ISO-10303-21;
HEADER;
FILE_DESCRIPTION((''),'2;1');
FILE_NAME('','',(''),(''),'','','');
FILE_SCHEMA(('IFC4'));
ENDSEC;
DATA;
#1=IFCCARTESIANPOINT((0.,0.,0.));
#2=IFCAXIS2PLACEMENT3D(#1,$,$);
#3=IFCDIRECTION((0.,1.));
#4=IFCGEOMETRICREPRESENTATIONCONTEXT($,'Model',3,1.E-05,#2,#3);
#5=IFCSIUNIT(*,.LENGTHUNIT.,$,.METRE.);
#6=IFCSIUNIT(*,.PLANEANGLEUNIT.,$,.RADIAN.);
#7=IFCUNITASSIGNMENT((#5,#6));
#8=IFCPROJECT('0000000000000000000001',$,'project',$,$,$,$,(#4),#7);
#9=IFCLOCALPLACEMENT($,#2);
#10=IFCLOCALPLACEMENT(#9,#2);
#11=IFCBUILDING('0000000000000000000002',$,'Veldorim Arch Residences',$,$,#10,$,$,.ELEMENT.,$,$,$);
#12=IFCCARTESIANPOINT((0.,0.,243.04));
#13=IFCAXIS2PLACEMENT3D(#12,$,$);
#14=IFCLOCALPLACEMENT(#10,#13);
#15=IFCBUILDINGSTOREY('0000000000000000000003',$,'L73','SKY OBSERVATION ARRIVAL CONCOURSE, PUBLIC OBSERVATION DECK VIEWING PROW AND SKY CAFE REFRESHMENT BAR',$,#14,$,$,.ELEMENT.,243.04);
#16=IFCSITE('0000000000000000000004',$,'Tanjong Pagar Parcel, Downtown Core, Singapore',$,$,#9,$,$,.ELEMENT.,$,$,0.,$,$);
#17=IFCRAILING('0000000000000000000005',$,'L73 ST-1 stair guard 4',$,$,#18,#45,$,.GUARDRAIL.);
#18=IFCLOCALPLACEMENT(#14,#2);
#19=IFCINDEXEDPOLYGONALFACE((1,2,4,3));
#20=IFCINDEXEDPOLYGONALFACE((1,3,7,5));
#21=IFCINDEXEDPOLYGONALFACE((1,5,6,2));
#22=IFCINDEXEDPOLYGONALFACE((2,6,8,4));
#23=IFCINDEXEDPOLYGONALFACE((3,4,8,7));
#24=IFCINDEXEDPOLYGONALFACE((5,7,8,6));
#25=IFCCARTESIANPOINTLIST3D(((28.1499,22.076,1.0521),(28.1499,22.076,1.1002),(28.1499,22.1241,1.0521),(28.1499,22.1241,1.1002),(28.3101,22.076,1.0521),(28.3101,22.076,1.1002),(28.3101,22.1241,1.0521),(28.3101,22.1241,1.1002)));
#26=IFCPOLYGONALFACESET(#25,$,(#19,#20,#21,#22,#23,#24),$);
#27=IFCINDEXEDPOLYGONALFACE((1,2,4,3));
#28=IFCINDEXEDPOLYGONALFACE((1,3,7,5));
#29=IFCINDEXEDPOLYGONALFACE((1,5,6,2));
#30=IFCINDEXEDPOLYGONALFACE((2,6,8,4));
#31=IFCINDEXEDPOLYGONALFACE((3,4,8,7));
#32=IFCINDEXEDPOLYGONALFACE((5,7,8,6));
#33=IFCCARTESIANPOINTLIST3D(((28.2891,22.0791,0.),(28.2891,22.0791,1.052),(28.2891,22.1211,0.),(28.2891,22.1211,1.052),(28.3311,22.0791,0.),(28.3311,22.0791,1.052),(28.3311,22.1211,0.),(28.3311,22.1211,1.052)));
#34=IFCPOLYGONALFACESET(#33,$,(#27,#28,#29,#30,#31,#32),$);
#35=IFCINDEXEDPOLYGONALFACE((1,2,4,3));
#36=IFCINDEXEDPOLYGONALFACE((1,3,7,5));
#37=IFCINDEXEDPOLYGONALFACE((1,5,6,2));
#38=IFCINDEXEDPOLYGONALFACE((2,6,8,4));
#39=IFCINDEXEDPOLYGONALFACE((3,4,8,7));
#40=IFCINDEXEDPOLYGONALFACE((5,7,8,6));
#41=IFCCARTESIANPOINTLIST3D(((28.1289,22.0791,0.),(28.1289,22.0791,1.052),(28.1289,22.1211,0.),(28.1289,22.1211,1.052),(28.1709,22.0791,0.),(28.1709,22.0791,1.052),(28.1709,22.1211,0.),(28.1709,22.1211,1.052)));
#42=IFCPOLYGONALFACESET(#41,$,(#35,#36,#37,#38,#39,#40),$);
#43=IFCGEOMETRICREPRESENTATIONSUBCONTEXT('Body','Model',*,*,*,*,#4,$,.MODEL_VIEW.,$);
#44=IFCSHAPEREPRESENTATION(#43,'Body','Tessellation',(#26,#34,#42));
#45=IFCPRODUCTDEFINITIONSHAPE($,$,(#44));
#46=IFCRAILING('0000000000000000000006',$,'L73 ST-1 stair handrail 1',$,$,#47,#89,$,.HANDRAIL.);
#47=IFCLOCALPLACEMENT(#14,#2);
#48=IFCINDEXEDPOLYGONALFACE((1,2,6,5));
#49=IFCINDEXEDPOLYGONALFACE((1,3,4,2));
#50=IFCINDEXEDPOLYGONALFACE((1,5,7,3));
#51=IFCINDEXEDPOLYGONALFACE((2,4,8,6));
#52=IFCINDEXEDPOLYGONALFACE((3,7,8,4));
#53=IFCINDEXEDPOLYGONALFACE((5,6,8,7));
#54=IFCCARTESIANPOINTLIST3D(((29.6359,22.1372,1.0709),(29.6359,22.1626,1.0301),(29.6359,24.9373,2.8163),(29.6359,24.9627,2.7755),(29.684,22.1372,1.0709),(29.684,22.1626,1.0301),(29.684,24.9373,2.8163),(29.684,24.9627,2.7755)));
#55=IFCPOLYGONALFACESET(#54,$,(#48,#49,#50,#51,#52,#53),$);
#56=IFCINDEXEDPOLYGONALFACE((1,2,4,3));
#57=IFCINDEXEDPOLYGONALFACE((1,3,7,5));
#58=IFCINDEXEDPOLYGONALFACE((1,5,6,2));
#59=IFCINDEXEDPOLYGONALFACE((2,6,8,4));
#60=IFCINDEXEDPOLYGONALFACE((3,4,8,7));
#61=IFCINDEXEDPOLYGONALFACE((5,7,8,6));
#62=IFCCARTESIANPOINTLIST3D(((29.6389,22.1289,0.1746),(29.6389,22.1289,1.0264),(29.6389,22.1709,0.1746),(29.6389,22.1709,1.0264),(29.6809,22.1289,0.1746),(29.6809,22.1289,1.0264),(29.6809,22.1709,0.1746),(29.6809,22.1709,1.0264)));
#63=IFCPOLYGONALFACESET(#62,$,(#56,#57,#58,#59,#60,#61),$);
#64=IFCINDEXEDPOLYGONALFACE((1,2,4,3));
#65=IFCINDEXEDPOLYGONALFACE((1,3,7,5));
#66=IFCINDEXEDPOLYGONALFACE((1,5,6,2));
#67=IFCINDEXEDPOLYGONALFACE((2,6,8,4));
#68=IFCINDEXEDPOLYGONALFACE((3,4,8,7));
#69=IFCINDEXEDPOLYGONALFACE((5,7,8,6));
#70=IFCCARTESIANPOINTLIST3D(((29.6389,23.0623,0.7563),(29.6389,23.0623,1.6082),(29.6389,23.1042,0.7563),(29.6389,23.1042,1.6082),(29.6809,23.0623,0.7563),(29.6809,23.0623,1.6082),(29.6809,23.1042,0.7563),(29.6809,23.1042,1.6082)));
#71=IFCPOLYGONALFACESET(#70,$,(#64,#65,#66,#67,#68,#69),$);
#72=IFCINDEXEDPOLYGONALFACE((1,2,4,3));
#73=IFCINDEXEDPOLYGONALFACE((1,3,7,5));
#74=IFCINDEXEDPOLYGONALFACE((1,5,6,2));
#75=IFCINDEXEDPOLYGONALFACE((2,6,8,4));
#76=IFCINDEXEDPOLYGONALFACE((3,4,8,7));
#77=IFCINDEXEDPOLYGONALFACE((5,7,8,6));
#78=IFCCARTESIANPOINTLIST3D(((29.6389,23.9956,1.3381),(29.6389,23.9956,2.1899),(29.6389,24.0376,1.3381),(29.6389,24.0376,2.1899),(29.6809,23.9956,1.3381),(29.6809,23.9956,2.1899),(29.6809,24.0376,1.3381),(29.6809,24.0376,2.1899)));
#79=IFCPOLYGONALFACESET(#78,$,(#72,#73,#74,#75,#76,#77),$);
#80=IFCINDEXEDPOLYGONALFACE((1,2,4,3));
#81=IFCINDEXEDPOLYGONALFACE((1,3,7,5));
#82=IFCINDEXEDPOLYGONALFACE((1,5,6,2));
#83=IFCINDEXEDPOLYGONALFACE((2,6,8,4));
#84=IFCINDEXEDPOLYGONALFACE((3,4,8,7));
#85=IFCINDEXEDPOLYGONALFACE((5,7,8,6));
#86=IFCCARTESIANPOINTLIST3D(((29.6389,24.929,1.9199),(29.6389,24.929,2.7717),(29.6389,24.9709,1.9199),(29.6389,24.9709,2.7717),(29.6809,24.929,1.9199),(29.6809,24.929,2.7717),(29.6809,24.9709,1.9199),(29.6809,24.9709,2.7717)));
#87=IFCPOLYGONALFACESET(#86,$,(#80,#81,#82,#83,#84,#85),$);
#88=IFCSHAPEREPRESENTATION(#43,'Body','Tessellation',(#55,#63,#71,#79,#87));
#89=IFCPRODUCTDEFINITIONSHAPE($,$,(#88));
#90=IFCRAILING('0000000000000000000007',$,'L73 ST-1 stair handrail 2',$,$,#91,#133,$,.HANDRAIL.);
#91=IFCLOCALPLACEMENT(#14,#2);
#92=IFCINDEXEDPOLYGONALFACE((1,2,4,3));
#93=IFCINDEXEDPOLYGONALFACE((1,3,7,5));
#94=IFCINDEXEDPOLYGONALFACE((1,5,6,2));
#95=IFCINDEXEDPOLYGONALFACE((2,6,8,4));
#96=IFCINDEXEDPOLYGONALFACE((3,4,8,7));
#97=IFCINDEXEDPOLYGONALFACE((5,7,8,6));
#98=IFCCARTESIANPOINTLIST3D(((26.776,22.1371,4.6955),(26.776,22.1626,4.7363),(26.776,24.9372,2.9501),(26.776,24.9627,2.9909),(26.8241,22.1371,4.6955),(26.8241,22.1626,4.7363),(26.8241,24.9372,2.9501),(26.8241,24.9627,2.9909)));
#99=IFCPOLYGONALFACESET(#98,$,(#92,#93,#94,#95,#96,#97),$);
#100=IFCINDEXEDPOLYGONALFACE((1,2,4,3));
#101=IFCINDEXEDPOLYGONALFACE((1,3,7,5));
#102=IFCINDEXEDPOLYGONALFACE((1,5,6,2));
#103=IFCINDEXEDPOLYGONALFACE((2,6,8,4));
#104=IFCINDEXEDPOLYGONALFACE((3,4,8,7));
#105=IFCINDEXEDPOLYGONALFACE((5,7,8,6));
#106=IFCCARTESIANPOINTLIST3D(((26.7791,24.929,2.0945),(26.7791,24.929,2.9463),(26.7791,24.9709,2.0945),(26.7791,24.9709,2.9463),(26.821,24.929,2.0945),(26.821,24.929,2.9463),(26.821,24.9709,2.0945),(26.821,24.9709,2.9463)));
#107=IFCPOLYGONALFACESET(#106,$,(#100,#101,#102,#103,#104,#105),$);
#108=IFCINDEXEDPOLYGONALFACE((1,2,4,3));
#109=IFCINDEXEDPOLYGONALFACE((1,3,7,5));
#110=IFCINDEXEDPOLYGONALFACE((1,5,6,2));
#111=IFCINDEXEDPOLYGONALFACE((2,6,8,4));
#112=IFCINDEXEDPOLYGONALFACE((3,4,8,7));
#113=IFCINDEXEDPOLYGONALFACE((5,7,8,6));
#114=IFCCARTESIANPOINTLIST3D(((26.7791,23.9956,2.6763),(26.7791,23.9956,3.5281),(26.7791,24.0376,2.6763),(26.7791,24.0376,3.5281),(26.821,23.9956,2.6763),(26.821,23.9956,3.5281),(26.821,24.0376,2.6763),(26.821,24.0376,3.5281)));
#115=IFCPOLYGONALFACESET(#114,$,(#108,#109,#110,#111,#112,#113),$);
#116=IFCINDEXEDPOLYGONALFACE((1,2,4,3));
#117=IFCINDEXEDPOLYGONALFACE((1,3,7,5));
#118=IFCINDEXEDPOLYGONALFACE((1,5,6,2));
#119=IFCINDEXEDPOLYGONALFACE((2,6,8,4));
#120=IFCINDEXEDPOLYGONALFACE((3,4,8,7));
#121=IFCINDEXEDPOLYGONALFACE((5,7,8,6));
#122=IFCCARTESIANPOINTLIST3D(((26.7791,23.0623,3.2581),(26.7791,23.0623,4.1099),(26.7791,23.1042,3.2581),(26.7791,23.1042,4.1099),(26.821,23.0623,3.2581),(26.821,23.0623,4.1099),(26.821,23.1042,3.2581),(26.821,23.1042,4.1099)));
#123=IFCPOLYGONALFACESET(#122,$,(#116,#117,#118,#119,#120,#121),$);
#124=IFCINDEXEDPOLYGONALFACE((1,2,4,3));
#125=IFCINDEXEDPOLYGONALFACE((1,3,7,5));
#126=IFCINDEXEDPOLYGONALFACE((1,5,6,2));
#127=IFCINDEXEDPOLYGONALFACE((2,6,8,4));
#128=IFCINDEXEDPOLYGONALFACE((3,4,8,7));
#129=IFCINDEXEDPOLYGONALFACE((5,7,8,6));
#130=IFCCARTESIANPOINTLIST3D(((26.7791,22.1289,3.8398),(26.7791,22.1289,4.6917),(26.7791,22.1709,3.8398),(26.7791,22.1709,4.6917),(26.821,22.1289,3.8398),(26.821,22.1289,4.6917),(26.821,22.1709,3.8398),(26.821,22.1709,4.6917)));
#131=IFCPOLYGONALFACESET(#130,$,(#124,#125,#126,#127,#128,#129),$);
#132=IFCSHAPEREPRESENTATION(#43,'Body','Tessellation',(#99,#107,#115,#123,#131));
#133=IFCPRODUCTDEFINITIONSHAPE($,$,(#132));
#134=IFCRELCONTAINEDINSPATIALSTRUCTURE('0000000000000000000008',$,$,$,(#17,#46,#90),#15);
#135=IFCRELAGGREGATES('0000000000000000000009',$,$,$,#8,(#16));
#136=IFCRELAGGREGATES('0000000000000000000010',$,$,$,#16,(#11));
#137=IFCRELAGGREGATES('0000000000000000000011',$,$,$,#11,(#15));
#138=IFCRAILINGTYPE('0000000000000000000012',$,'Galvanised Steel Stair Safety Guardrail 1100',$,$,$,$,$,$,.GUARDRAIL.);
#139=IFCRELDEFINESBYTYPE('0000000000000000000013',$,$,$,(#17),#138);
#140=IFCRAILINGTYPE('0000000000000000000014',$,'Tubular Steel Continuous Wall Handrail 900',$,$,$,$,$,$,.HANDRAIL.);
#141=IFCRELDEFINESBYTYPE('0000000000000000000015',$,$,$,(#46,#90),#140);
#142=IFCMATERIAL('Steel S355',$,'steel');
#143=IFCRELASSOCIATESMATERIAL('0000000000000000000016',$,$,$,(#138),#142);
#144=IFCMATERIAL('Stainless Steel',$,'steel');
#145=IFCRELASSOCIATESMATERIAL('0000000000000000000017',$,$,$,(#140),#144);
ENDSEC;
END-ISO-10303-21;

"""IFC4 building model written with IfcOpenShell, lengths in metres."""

from ifc_helpers import new_model, si_unit, direction, frame, origin, origin_2d, place, context, subcontext, project, spatial, rectangle, extrude, material, type_object, element, save


model = new_model("IFC4")

# Units and contexts
model_context = context("Model", 3, precision=1e-05, world=origin(), true_north=direction((0.0, 1.0)))
body_context = subcontext(model_context, "Body", "Model", "MODEL_VIEW")
ifc_project = project(units=[si_unit("LENGTHUNIT", "METRE"), si_unit("PLANEANGLEUNIT", "RADIAN")], contexts=[model_context])

# Site, building, storey
site_placement = place(None, origin())
site = spatial("IfcSite", under=ifc_project, at=site_placement, Name="Tanjong Pagar Parcel, Downtown Core, Singapore", CompositionType="ELEMENT", RefElevation=0.0)
building_placement = place(site_placement, origin())
building = spatial("IfcBuilding", under=site, at=building_placement, Name="Veldorim Arch Residences", CompositionType="ELEMENT")
storey_placement = place(building_placement, frame((0.0, 0.0, 243.04)))
storey = spatial("IfcBuildingStorey", under=building, at=storey_placement, Name="L73", Description="SKY OBSERVATION ARRIVAL CONCOURSE, PUBLIC OBSERVATION DECK VIEWING PROW AND SKY CAFE REFRESHMENT BAR", CompositionType="ELEMENT", Elevation=243.04)

# Railings
ifc_material_1 = material(Name="Steel S355", Category="steel")
railing_type_1 = type_object("IfcRailingType", Name="Galvanised Steel Stair Safety Guardrail 1100", PredefinedType="GUARDRAIL", material=ifc_material_1)
railing_1_placement = place(storey_placement, frame((28.3101, 22.1001, 0.0)))
element("IfcRailing", 1, at=railing_1_placement, inside=storey, type_object=railing_type_1, Name="L73 ST-1 stair guard 4", PredefinedType="GUARDRAIL", context=body_context, shape_type="SweptSolid", body=[
    extrude(rectangle(XDim=0.0481, YDim=0.0481, at=origin_2d()), frame((0.0, 0.0, 1.0762), z_axis=(-1.0, 0.0, 0.0), x_axis=(0.0, -1.0, 0.0)), (0.0, 0.0, 1.0), 0.1602),
    extrude(rectangle(XDim=0.042, YDim=0.042, at=origin_2d()), origin(), (0.0, 0.0, 1.0), 1.052),
    extrude(rectangle(XDim=0.042, YDim=0.042, at=origin_2d()), frame((-0.1602, 0.0, 0.0)), (0.0, 0.0, 1.0), 1.052),
])
ifc_material_2 = material(Name="Stainless Steel", Category="steel")
railing_type_2 = type_object("IfcRailingType", Name="Tubular Steel Continuous Wall Handrail 900", PredefinedType="HANDRAIL", material=ifc_material_2)
railing_2_placement = place(storey_placement, frame((29.6599, 22.1499, 0.1746)))
element("IfcRailing", 2, at=railing_2_placement, inside=storey, type_object=railing_type_2, Name="L73 ST-1 stair handrail 1", PredefinedType="HANDRAIL", context=body_context, shape_type="SweptSolid", body=[
    extrude(rectangle(XDim=0.0481, YDim=0.0481, at=origin_2d()), frame((0.0, 0.0, 0.876), z_axis=(0.0, 0.848634, 0.528981), x_axis=(-1.0, 0.0, 0.0)), (0.0, 0.0, 1.0), 3.2996),
    extrude(rectangle(XDim=0.042, YDim=0.042, at=origin_2d()), origin(), (0.0, 0.0, 1.0), 0.8518),
    extrude(rectangle(XDim=0.042, YDim=0.042, at=origin_2d()), frame((0.0, 0.9333, 0.5818)), (0.0, 0.0, 1.0), 0.8518),
    extrude(rectangle(XDim=0.042, YDim=0.042, at=origin_2d()), frame((0.0, 1.8667, 1.1636)), (0.0, 0.0, 1.0), 0.8518),
    extrude(rectangle(XDim=0.042, YDim=0.042, at=origin_2d()), frame((0.0, 2.8, 1.7454)), (0.0, 0.0, 1.0), 0.8518),
])
railing_3_placement = place(storey_placement, frame((26.8, 24.95, 2.0945)))
element("IfcRailing", 3, at=railing_3_placement, inside=storey, type_object=railing_type_2, Name="L73 ST-1 stair handrail 2", PredefinedType="HANDRAIL", context=body_context, shape_type="SweptSolid", body=[
    extrude(rectangle(XDim=0.0481, YDim=0.0481, at=origin_2d()), frame((0.0, 0.0, 0.876), z_axis=(0.0, -0.848634, 0.528981), x_axis=(1.0, 0.0, 0.0)), (0.0, 0.0, 1.0), 3.2996),
    extrude(rectangle(XDim=0.042, YDim=0.042, at=origin_2d()), origin(), (0.0, 0.0, 1.0), 0.8518),
    extrude(rectangle(XDim=0.042, YDim=0.042, at=origin_2d()), frame((0.0, -0.9333, 0.5818)), (0.0, 0.0, 1.0), 0.8518),
    extrude(rectangle(XDim=0.042, YDim=0.042, at=origin_2d()), frame((0.0, -1.8667, 1.1636)), (0.0, 0.0, 1.0), 0.8518),
    extrude(rectangle(XDim=0.042, YDim=0.042, at=origin_2d()), frame((0.0, -2.8, 1.7454)), (0.0, 0.0, 1.0), 0.8518),
])

save(model, "model.ifc")
